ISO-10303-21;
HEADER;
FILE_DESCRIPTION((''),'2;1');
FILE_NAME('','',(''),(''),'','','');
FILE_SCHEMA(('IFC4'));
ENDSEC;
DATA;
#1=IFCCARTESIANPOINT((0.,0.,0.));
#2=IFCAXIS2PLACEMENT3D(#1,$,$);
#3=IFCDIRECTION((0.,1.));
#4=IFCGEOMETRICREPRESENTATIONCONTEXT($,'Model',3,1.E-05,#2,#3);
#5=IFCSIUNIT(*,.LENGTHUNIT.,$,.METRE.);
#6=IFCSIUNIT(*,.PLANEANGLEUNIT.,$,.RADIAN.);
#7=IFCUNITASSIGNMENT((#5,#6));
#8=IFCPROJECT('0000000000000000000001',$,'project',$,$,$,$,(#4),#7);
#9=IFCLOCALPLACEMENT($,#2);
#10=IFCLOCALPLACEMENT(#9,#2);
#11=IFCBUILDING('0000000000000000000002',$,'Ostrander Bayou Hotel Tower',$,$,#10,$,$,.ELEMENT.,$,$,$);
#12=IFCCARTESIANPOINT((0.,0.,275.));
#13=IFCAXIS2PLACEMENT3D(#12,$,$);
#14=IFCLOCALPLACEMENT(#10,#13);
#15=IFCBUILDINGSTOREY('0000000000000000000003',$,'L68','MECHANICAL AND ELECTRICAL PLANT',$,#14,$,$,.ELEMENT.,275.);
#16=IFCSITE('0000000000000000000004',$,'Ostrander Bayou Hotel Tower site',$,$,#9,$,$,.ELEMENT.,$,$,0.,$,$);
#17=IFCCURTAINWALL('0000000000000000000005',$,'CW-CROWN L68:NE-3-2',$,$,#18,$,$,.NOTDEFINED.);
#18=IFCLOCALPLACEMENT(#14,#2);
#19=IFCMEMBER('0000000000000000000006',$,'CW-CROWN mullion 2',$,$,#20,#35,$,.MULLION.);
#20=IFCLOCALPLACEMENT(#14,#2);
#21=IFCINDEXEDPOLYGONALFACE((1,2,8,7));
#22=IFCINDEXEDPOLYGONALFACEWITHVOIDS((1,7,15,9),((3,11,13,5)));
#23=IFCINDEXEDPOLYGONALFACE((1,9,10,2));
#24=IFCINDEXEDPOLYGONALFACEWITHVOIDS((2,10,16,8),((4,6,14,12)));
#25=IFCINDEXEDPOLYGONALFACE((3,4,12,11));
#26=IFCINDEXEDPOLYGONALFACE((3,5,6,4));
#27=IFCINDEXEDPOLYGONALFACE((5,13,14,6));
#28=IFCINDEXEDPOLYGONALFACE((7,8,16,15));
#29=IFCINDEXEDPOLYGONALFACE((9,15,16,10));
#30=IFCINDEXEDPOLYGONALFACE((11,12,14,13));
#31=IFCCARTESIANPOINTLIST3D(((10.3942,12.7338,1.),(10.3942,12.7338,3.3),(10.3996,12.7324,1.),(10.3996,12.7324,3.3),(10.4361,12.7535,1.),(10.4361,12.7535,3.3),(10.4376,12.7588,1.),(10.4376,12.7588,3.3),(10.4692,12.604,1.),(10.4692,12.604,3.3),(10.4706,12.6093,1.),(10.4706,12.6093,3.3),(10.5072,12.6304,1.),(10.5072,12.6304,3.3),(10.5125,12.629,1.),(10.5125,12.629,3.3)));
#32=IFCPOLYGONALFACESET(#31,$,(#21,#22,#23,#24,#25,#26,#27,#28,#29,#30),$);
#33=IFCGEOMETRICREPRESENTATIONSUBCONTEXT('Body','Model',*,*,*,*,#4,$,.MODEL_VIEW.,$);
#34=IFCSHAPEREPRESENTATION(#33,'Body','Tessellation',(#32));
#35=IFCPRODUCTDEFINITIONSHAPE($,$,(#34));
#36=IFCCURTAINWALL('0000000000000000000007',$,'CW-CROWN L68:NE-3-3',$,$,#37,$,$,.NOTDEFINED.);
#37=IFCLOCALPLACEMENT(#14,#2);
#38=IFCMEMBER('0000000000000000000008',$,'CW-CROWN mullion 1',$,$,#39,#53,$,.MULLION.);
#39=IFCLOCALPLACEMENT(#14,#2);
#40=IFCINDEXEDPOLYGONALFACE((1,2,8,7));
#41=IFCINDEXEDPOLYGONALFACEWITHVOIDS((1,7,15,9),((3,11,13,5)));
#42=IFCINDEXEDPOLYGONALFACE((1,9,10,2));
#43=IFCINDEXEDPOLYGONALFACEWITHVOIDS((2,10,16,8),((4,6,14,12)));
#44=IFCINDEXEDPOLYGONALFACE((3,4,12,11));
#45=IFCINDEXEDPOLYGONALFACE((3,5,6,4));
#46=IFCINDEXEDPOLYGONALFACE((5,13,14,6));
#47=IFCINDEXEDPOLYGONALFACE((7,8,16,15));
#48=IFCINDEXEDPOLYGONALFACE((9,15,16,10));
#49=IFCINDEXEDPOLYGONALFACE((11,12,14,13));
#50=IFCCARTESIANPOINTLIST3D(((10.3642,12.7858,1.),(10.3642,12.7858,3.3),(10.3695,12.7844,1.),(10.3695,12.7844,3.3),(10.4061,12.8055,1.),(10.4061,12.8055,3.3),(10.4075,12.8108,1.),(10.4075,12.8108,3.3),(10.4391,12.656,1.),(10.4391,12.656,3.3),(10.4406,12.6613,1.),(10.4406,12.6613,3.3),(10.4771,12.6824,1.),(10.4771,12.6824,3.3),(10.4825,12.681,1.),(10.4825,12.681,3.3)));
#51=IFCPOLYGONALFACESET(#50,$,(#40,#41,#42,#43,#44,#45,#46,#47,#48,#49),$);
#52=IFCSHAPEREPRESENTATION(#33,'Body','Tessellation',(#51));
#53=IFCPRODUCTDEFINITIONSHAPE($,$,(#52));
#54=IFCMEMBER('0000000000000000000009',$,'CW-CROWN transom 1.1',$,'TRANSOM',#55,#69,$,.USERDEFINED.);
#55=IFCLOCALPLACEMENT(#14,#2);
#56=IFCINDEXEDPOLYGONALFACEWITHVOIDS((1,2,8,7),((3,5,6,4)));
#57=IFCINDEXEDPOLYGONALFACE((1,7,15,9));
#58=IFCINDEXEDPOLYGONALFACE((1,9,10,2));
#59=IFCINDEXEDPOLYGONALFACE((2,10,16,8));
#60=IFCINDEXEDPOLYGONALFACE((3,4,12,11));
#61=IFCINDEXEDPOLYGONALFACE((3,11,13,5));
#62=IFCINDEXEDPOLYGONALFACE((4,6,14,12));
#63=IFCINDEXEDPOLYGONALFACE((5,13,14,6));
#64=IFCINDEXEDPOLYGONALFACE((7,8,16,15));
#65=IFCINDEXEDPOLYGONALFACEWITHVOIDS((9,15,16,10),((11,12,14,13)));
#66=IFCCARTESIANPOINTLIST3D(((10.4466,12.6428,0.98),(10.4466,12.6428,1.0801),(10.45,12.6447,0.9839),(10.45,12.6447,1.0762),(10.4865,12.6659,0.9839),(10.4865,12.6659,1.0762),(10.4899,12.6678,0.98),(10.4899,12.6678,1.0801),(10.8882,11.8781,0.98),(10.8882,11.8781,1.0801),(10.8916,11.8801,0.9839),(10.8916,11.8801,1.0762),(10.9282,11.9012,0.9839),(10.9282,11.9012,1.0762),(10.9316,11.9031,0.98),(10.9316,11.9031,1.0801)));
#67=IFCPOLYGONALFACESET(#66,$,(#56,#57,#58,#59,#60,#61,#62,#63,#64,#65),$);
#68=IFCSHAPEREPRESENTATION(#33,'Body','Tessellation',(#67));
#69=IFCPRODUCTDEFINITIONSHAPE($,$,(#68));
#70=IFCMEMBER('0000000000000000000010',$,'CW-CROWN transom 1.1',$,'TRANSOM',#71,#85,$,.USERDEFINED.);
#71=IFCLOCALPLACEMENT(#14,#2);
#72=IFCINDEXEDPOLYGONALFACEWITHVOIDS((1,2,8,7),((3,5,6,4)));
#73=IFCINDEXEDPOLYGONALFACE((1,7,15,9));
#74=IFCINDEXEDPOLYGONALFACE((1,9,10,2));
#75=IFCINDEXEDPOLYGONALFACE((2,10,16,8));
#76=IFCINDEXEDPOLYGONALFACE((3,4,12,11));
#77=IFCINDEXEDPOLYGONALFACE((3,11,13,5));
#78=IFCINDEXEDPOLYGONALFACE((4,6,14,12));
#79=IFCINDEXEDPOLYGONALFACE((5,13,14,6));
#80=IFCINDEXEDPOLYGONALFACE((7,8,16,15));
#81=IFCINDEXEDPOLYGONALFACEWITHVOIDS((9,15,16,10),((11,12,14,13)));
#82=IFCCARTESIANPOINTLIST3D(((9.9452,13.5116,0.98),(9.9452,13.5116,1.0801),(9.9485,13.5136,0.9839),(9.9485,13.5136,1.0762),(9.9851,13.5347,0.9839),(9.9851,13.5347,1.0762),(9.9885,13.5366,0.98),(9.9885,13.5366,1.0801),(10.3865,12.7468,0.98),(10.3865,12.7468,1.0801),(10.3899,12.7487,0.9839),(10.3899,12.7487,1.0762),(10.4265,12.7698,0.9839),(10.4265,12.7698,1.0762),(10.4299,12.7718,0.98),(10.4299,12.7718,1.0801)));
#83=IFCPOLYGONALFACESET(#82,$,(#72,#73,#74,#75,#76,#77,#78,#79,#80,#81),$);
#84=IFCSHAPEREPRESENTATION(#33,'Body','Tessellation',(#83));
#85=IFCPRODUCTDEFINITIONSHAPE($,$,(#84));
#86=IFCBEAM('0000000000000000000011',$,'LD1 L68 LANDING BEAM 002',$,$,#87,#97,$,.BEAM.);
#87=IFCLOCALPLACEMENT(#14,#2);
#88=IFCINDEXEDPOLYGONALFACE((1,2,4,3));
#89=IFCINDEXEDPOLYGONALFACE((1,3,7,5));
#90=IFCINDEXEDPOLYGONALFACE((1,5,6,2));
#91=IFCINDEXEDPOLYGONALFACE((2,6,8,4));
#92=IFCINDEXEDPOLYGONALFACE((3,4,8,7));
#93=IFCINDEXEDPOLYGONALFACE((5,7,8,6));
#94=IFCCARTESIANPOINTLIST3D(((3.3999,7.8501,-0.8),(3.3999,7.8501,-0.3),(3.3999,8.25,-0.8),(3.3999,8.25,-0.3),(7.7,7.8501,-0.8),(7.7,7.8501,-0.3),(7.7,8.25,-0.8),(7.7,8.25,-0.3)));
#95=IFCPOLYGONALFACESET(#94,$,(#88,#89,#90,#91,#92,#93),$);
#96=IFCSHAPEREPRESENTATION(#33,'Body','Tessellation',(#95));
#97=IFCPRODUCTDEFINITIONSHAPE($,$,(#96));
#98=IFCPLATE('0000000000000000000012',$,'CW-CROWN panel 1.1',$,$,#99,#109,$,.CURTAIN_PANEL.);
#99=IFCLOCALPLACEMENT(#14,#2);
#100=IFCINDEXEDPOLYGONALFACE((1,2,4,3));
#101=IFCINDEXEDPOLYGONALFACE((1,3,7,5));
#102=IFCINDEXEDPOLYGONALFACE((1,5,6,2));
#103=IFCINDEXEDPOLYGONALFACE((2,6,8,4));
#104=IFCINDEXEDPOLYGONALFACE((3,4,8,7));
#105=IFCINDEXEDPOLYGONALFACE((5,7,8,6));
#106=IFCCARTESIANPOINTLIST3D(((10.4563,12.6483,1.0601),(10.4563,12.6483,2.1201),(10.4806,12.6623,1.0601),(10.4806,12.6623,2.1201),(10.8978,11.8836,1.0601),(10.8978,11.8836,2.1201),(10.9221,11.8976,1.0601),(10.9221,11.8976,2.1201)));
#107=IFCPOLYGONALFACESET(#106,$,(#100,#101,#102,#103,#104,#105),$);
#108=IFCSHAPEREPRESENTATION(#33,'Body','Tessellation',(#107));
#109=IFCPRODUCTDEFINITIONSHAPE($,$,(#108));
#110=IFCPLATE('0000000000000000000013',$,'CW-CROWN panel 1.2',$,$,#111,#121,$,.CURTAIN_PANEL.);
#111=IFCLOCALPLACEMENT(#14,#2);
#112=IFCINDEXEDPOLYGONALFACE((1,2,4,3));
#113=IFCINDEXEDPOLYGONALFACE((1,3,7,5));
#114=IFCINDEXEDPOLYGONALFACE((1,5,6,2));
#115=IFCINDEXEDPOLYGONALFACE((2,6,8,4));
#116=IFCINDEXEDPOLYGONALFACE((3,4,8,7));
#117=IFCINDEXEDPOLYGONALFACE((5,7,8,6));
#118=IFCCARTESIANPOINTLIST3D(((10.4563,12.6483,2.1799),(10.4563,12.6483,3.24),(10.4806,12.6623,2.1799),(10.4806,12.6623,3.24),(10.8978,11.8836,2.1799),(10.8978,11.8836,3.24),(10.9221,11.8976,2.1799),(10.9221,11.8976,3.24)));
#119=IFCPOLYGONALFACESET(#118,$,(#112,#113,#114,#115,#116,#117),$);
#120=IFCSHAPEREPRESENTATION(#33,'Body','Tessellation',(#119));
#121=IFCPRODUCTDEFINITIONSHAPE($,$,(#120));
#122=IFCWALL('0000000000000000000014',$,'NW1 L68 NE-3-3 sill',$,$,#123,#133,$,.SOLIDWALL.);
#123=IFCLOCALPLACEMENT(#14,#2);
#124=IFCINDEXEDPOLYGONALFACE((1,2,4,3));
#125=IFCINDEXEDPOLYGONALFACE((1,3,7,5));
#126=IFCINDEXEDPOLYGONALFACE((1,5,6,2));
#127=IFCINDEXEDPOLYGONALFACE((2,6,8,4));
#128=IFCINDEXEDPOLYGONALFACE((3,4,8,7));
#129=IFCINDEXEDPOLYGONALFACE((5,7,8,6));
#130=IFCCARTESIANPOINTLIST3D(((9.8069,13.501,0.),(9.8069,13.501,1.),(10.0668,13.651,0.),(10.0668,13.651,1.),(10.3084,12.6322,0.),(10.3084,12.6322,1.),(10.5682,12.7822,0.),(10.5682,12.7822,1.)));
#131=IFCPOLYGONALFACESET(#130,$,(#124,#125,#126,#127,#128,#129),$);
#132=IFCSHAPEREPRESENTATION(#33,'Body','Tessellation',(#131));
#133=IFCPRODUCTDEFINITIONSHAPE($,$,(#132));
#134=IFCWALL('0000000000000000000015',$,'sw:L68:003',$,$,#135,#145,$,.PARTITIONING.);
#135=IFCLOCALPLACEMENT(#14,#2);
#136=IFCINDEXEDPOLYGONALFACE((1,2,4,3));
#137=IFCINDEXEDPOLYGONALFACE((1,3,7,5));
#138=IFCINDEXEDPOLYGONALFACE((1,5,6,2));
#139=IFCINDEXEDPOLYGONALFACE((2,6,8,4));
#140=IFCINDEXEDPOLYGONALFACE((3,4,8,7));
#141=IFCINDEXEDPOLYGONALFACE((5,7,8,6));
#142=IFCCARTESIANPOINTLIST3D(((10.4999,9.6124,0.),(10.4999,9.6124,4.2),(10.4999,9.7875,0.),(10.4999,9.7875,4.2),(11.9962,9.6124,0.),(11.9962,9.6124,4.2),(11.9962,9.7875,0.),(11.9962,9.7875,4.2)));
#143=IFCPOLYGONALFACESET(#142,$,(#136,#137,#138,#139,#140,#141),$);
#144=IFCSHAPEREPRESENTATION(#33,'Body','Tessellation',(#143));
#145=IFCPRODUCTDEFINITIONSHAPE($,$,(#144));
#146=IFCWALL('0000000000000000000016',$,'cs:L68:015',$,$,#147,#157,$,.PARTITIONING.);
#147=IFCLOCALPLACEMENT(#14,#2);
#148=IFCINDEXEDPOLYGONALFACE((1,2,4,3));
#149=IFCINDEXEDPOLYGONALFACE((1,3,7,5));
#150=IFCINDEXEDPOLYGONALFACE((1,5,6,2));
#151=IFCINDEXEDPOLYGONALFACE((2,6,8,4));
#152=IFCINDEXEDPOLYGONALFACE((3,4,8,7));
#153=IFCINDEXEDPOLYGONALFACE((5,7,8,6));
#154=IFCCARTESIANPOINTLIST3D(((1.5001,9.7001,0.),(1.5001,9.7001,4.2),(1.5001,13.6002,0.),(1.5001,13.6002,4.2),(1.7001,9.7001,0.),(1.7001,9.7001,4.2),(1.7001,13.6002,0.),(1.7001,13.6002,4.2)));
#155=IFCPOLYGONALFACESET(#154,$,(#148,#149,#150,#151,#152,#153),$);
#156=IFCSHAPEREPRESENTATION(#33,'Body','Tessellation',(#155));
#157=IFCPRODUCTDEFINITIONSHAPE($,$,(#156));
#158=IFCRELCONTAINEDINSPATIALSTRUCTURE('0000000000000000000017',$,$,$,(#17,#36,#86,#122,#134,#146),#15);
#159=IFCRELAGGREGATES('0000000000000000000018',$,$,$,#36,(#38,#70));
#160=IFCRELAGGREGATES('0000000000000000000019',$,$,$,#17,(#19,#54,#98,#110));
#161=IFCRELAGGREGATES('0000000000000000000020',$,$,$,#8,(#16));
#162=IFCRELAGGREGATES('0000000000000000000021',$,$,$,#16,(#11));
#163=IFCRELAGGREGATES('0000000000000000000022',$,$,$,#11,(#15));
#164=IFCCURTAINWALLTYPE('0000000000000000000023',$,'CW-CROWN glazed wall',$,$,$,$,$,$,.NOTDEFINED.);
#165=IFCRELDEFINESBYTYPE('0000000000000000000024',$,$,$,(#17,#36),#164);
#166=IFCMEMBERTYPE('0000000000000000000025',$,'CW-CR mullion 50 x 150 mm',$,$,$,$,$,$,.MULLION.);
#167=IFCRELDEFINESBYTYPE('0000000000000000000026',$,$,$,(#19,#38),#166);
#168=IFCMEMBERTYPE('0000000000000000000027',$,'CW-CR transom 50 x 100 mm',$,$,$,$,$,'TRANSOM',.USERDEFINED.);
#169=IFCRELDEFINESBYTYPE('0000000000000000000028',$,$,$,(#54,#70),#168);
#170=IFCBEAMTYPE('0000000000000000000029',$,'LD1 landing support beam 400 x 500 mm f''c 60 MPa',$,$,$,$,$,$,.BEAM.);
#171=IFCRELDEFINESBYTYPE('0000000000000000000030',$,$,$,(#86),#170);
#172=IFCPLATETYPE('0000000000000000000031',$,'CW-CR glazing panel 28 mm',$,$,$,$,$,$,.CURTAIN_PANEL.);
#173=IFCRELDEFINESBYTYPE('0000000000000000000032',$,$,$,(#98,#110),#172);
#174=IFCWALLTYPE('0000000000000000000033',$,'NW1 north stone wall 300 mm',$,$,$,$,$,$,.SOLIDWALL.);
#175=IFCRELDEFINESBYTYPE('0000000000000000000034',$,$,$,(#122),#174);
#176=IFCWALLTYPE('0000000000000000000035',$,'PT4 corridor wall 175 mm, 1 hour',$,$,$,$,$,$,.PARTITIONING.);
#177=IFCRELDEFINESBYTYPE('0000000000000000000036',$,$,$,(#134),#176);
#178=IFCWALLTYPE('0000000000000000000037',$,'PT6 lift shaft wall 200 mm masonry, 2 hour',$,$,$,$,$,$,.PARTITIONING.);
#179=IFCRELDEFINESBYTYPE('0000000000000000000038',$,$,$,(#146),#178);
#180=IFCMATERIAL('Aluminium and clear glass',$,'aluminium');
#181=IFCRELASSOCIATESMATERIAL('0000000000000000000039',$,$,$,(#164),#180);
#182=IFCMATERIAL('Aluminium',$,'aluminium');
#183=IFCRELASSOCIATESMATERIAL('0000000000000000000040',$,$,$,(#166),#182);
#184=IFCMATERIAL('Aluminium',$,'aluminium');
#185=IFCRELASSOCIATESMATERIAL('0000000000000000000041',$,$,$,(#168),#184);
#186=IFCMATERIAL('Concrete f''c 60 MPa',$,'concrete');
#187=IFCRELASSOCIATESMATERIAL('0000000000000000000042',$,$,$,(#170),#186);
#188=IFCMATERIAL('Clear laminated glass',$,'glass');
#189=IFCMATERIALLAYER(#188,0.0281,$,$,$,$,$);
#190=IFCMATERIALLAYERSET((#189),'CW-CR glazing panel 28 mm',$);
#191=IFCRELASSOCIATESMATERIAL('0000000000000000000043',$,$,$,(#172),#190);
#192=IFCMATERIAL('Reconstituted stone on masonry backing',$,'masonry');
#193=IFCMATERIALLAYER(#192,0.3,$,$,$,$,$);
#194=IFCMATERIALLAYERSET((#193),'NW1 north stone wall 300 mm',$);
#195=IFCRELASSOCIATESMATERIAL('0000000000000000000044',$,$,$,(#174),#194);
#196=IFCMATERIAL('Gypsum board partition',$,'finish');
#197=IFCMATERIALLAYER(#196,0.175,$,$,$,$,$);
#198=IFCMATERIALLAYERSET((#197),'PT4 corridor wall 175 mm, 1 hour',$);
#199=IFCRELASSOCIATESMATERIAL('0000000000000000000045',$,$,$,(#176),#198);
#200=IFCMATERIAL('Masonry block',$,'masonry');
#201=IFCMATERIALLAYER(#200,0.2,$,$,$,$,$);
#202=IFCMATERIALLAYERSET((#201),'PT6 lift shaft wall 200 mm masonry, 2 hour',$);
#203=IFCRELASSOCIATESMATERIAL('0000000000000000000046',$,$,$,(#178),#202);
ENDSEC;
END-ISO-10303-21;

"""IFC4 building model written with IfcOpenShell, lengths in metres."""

from ifc_helpers import new_model, si_unit, direction, frame, frame_2d, origin, origin_2d, place, context, subcontext, project, spatial, rectangle, hollow_rectangle, extrude, material, layer, layer_set, material_profile, profile_set, type_object, element, aggregate, save


model = new_model("IFC4")

# Units and contexts
model_context = context("Model", 3, precision=1e-05, world=origin(), true_north=direction((0.0, 1.0)))
body_context = subcontext(model_context, "Body", "Model", "MODEL_VIEW")
ifc_project = project(units=[si_unit("LENGTHUNIT", "METRE"), si_unit("PLANEANGLEUNIT", "RADIAN")], contexts=[model_context])

# Site, building, storey
site_placement = place(None, origin())
site = spatial("IfcSite", under=ifc_project, at=site_placement, Name="Ostrander Bayou Hotel Tower site", CompositionType="ELEMENT", RefElevation=0.0)
building_placement = place(site_placement, origin())
building = spatial("IfcBuilding", under=site, at=building_placement, Name="Ostrander Bayou Hotel Tower", CompositionType="ELEMENT")
storey_placement = place(building_placement, frame((0.0, 0.0, 275.0)))
storey = spatial("IfcBuildingStorey", under=building, at=storey_placement, Name="L68", Description="MECHANICAL AND ELECTRICAL PLANT", CompositionType="ELEMENT", Elevation=275.0)

# Curtain walls, members
ifc_material_1 = material(Name="Aluminium and clear glass", Category="aluminium")
curtain_wall_type = type_object("IfcCurtainWallType", Name="CW-CROWN glazed wall", PredefinedType="NOTDEFINED", material=ifc_material_1)
curtain_wall_1_placement = place(storey_placement, origin())
curtain_wall_1 = element("IfcCurtainWall", 1, at=curtain_wall_1_placement, inside=storey, type_object=curtain_wall_type, Name="CW-CROWN L68:NE-3-2", PredefinedType="NOTDEFINED")
ifc_material_2 = material(Name="Aluminium", Category="aluminium")
ifc_material_profile_1 = material_profile(ifc_material_2, hollow_rectangle(XDim=0.05, YDim=0.1499, WallThickness=0.0039, at=origin_2d()))
ifc_profile_set_1 = profile_set([ifc_material_profile_1], Name="Aluminium")
member_type_1 = type_object("IfcMemberType", Name="CW-CR mullion 50 x 150 mm", PredefinedType="MULLION", material=ifc_profile_set_1)
member_1_placement = place(storey_placement, frame((10.4534, 12.6814, 1.0), z_axis=(0.0, 0.0, 1.0), x_axis=(-0.866001, -0.500042, 0.0)))
member_1 = element("IfcMember", 2, at=member_1_placement, type_object=member_type_1, Name="CW-CROWN mullion 2", PredefinedType="MULLION", context=body_context, shape_type="SweptSolid", body=[
    extrude(hollow_rectangle(XDim=0.05, YDim=0.1499, WallThickness=0.0039, at=origin_2d()), origin(), (0.0, 0.0, 1.0), 2.3),
])
curtain_wall_2_placement = place(storey_placement, origin())
curtain_wall_2 = element("IfcCurtainWall", 3, at=curtain_wall_2_placement, inside=storey, type_object=curtain_wall_type, Name="CW-CROWN L68:NE-3-3", PredefinedType="NOTDEFINED")
member_2_placement = place(storey_placement, frame((10.4233, 12.7334, 1.0), z_axis=(0.0, 0.0, 1.0), x_axis=(-0.866069, -0.499924, 0.0)))
member_2 = element("IfcMember", 4, at=member_2_placement, type_object=member_type_1, Name="CW-CROWN mullion 1", PredefinedType="MULLION", context=body_context, shape_type="SweptSolid", body=[
    extrude(hollow_rectangle(XDim=0.05, YDim=0.1499, WallThickness=0.0039, at=origin_2d()), origin(), (0.0, 0.0, 1.0), 2.3),
])

# Members
ifc_material_3 = material(Name="Aluminium", Category="aluminium")
ifc_material_profile_2 = material_profile(ifc_material_3, hollow_rectangle(XDim=0.05, YDim=0.1001, WallThickness=0.0039, at=origin_2d()))
ifc_profile_set_2 = profile_set([ifc_material_profile_2], Name="Aluminium")
member_type_2 = type_object("IfcMemberType", Name="CW-CR transom 50 x 100 mm", ElementType="TRANSOM", PredefinedType="USERDEFINED", material=ifc_profile_set_2)
member_3_placement = place(storey_placement, frame((10.9099, 11.8906, 1.03), z_axis=(-0.500153, 0.865937, 0.0), x_axis=(-0.865937, -0.500153, 0.0)))
member_3 = element("IfcMember", 5, at=member_3_placement, type_object=member_type_2, Name="CW-CROWN transom 1.1", ObjectType="TRANSOM", PredefinedType="USERDEFINED", context=body_context, shape_type="SweptSolid", body=[
    extrude(hollow_rectangle(XDim=0.05, YDim=0.1001, WallThickness=0.0039, at=origin_2d()), origin(), (0.0, 0.0, 1.0), 0.8831),
])
member_4_placement = place(storey_placement, frame((10.4082, 12.7593, 1.03), z_axis=(-0.499826, 0.866126, 0.0), x_axis=(-0.866126, -0.499826, 0.0)))
member_4 = element("IfcMember", 6, at=member_4_placement, type_object=member_type_2, Name="CW-CROWN transom 1.1", ObjectType="TRANSOM", PredefinedType="USERDEFINED", context=body_context, shape_type="SweptSolid", body=[
    extrude(hollow_rectangle(XDim=0.05, YDim=0.1001, WallThickness=0.0039, at=origin_2d()), origin(), (0.0, 0.0, 1.0), 0.8831),
])
aggregate(curtain_wall_2, [member_2, member_4])

# Beam
ifc_material_4 = material(Name="Concrete f'c 60 MPa", Category="concrete")
ifc_material_profile_3 = material_profile(ifc_material_4, rectangle(XDim=0.3999, YDim=0.5, at=origin_2d()))
ifc_profile_set_3 = profile_set([ifc_material_profile_3], Name="Concrete f'c 60 MPa")
beam_type = type_object("IfcBeamType", Name="LD1 landing support beam 400 x 500 mm f'c 60 MPa", PredefinedType="BEAM", material=ifc_profile_set_3)
beam_placement = place(storey_placement, frame((7.7, 8.05, -0.55), z_axis=(-1.0, 0.0, 0.0), x_axis=(0.0, -1.0, 0.0)))
element("IfcBeam", 7, at=beam_placement, inside=storey, type_object=beam_type, Name="LD1 L68 LANDING BEAM 002", PredefinedType="BEAM", context=body_context, shape_type="SweptSolid", body=[
    extrude(rectangle(XDim=0.3999, YDim=0.5, at=origin_2d()), origin(), (0.0, 0.0, 1.0), 4.3),
])

# Plates
ifc_material_5 = material(Name="Clear laminated glass", Category="glass")
ifc_layer_1 = layer(ifc_material_5, 0.0281)
ifc_layer_set_1 = layer_set([ifc_layer_1], Name="CW-CR glazing panel 28 mm")
plate_type = type_object("IfcPlateType", Name="CW-CR glazing panel 28 mm", PredefinedType="CURTAIN_PANEL", material=ifc_layer_set_1)
plate_1_placement = place(storey_placement, frame((10.6892, 12.2729, 1.0601), z_axis=(0.0, 0.0, 1.0), x_axis=(-0.500042, 0.866001, 0.0)))
plate_1 = element("IfcPlate", 8, at=plate_1_placement, type_object=plate_type, Name="CW-CROWN panel 1.1", PredefinedType="CURTAIN_PANEL", context=body_context, shape_type="SweptSolid", body=[
    extrude(rectangle(XDim=0.8831, YDim=0.0281, at=origin_2d()), origin(), (0.0, 0.0, 1.0), 1.0601),
])
plate_2_placement = place(storey_placement, frame((10.6892, 12.2729, 2.1799), z_axis=(0.0, 0.0, 1.0), x_axis=(-0.500042, 0.866001, 0.0)))
plate_2 = element("IfcPlate", 9, at=plate_2_placement, type_object=plate_type, Name="CW-CROWN panel 1.2", PredefinedType="CURTAIN_PANEL", context=body_context, shape_type="SweptSolid", body=[
    extrude(rectangle(XDim=0.8831, YDim=0.0281, at=origin_2d()), origin(), (0.0, 0.0, 1.0), 1.0601),
])
aggregate(curtain_wall_1, [member_1, member_3, plate_1, plate_2])

# Walls
ifc_material_6 = material(Name="Reconstituted stone on masonry backing", Category="masonry")
ifc_layer_2 = layer(ifc_material_6, 0.3)
ifc_layer_set_2 = layer_set([ifc_layer_2], Name="NW1 north stone wall 300 mm")
wall_type_1 = type_object("IfcWallType", Name="NW1 north stone wall 300 mm", PredefinedType="SOLIDWALL", material=ifc_layer_set_2)
wall_1_placement = place(storey_placement, frame((10.4382, 12.7073, 0.0), z_axis=(0.0, 0.0, 1.0), x_axis=(-0.499856, 0.866109, 0.0)))
element("IfcWall", 10, at=wall_1_placement, inside=storey, type_object=wall_type_1, Name="NW1 L68 NE-3-3 sill", PredefinedType="SOLIDWALL", context=body_context, shape_type="SweptSolid", body=[
    extrude(rectangle(XDim=1.0032, YDim=0.3, at=frame_2d((0.5015, 0.0))), origin(), (0.0, 0.0, 1.0), 1.0),
])
ifc_material_7 = material(Name="Gypsum board partition", Category="finish")
ifc_layer_3 = layer(ifc_material_7, 0.175)
ifc_layer_set_3 = layer_set([ifc_layer_3], Name="PT4 corridor wall 175 mm, 1 hour")
wall_type_2 = type_object("IfcWallType", Name="PT4 corridor wall 175 mm, 1 hour", PredefinedType="PARTITIONING", material=ifc_layer_set_3)
wall_2_placement = place(storey_placement, frame((10.5, 9.7, 0.0), z_axis=(0.0, 0.0, 1.0), x_axis=(1.0, 0.0, 0.0)))
element("IfcWall", 11, at=wall_2_placement, inside=storey, type_object=wall_type_2, Name="sw:L68:003", PredefinedType="PARTITIONING", context=body_context, shape_type="SweptSolid", body=[
    extrude(rectangle(XDim=1.4963, YDim=0.175, at=frame_2d((0.748, 0.0))), origin(), (0.0, 0.0, 1.0), 4.2),
])

# Wall
ifc_material_8 = material(Name="Masonry block", Category="masonry")
ifc_layer_4 = layer(ifc_material_8, 0.2)
ifc_layer_set_4 = layer_set([ifc_layer_4], Name="PT6 lift shaft wall 200 mm masonry, 2 hour")
wall_type_3 = type_object("IfcWallType", Name="PT6 lift shaft wall 200 mm masonry, 2 hour", PredefinedType="PARTITIONING", material=ifc_layer_set_4)
wall_3_placement = place(storey_placement, frame((1.6001, 9.7, 0.0), z_axis=(0.0, 0.0, 1.0), x_axis=(0.0, 1.0, 0.0)))
element("IfcWall", 12, at=wall_3_placement, inside=storey, type_object=wall_type_3, Name="cs:L68:015", PredefinedType="PARTITIONING", context=body_context, shape_type="SweptSolid", body=[
    extrude(rectangle(XDim=3.9001, YDim=0.2, at=frame_2d((1.9502, 0.0))), origin(), (0.0, 0.0, 1.0), 4.2),
])

save(model, "model.ifc")
